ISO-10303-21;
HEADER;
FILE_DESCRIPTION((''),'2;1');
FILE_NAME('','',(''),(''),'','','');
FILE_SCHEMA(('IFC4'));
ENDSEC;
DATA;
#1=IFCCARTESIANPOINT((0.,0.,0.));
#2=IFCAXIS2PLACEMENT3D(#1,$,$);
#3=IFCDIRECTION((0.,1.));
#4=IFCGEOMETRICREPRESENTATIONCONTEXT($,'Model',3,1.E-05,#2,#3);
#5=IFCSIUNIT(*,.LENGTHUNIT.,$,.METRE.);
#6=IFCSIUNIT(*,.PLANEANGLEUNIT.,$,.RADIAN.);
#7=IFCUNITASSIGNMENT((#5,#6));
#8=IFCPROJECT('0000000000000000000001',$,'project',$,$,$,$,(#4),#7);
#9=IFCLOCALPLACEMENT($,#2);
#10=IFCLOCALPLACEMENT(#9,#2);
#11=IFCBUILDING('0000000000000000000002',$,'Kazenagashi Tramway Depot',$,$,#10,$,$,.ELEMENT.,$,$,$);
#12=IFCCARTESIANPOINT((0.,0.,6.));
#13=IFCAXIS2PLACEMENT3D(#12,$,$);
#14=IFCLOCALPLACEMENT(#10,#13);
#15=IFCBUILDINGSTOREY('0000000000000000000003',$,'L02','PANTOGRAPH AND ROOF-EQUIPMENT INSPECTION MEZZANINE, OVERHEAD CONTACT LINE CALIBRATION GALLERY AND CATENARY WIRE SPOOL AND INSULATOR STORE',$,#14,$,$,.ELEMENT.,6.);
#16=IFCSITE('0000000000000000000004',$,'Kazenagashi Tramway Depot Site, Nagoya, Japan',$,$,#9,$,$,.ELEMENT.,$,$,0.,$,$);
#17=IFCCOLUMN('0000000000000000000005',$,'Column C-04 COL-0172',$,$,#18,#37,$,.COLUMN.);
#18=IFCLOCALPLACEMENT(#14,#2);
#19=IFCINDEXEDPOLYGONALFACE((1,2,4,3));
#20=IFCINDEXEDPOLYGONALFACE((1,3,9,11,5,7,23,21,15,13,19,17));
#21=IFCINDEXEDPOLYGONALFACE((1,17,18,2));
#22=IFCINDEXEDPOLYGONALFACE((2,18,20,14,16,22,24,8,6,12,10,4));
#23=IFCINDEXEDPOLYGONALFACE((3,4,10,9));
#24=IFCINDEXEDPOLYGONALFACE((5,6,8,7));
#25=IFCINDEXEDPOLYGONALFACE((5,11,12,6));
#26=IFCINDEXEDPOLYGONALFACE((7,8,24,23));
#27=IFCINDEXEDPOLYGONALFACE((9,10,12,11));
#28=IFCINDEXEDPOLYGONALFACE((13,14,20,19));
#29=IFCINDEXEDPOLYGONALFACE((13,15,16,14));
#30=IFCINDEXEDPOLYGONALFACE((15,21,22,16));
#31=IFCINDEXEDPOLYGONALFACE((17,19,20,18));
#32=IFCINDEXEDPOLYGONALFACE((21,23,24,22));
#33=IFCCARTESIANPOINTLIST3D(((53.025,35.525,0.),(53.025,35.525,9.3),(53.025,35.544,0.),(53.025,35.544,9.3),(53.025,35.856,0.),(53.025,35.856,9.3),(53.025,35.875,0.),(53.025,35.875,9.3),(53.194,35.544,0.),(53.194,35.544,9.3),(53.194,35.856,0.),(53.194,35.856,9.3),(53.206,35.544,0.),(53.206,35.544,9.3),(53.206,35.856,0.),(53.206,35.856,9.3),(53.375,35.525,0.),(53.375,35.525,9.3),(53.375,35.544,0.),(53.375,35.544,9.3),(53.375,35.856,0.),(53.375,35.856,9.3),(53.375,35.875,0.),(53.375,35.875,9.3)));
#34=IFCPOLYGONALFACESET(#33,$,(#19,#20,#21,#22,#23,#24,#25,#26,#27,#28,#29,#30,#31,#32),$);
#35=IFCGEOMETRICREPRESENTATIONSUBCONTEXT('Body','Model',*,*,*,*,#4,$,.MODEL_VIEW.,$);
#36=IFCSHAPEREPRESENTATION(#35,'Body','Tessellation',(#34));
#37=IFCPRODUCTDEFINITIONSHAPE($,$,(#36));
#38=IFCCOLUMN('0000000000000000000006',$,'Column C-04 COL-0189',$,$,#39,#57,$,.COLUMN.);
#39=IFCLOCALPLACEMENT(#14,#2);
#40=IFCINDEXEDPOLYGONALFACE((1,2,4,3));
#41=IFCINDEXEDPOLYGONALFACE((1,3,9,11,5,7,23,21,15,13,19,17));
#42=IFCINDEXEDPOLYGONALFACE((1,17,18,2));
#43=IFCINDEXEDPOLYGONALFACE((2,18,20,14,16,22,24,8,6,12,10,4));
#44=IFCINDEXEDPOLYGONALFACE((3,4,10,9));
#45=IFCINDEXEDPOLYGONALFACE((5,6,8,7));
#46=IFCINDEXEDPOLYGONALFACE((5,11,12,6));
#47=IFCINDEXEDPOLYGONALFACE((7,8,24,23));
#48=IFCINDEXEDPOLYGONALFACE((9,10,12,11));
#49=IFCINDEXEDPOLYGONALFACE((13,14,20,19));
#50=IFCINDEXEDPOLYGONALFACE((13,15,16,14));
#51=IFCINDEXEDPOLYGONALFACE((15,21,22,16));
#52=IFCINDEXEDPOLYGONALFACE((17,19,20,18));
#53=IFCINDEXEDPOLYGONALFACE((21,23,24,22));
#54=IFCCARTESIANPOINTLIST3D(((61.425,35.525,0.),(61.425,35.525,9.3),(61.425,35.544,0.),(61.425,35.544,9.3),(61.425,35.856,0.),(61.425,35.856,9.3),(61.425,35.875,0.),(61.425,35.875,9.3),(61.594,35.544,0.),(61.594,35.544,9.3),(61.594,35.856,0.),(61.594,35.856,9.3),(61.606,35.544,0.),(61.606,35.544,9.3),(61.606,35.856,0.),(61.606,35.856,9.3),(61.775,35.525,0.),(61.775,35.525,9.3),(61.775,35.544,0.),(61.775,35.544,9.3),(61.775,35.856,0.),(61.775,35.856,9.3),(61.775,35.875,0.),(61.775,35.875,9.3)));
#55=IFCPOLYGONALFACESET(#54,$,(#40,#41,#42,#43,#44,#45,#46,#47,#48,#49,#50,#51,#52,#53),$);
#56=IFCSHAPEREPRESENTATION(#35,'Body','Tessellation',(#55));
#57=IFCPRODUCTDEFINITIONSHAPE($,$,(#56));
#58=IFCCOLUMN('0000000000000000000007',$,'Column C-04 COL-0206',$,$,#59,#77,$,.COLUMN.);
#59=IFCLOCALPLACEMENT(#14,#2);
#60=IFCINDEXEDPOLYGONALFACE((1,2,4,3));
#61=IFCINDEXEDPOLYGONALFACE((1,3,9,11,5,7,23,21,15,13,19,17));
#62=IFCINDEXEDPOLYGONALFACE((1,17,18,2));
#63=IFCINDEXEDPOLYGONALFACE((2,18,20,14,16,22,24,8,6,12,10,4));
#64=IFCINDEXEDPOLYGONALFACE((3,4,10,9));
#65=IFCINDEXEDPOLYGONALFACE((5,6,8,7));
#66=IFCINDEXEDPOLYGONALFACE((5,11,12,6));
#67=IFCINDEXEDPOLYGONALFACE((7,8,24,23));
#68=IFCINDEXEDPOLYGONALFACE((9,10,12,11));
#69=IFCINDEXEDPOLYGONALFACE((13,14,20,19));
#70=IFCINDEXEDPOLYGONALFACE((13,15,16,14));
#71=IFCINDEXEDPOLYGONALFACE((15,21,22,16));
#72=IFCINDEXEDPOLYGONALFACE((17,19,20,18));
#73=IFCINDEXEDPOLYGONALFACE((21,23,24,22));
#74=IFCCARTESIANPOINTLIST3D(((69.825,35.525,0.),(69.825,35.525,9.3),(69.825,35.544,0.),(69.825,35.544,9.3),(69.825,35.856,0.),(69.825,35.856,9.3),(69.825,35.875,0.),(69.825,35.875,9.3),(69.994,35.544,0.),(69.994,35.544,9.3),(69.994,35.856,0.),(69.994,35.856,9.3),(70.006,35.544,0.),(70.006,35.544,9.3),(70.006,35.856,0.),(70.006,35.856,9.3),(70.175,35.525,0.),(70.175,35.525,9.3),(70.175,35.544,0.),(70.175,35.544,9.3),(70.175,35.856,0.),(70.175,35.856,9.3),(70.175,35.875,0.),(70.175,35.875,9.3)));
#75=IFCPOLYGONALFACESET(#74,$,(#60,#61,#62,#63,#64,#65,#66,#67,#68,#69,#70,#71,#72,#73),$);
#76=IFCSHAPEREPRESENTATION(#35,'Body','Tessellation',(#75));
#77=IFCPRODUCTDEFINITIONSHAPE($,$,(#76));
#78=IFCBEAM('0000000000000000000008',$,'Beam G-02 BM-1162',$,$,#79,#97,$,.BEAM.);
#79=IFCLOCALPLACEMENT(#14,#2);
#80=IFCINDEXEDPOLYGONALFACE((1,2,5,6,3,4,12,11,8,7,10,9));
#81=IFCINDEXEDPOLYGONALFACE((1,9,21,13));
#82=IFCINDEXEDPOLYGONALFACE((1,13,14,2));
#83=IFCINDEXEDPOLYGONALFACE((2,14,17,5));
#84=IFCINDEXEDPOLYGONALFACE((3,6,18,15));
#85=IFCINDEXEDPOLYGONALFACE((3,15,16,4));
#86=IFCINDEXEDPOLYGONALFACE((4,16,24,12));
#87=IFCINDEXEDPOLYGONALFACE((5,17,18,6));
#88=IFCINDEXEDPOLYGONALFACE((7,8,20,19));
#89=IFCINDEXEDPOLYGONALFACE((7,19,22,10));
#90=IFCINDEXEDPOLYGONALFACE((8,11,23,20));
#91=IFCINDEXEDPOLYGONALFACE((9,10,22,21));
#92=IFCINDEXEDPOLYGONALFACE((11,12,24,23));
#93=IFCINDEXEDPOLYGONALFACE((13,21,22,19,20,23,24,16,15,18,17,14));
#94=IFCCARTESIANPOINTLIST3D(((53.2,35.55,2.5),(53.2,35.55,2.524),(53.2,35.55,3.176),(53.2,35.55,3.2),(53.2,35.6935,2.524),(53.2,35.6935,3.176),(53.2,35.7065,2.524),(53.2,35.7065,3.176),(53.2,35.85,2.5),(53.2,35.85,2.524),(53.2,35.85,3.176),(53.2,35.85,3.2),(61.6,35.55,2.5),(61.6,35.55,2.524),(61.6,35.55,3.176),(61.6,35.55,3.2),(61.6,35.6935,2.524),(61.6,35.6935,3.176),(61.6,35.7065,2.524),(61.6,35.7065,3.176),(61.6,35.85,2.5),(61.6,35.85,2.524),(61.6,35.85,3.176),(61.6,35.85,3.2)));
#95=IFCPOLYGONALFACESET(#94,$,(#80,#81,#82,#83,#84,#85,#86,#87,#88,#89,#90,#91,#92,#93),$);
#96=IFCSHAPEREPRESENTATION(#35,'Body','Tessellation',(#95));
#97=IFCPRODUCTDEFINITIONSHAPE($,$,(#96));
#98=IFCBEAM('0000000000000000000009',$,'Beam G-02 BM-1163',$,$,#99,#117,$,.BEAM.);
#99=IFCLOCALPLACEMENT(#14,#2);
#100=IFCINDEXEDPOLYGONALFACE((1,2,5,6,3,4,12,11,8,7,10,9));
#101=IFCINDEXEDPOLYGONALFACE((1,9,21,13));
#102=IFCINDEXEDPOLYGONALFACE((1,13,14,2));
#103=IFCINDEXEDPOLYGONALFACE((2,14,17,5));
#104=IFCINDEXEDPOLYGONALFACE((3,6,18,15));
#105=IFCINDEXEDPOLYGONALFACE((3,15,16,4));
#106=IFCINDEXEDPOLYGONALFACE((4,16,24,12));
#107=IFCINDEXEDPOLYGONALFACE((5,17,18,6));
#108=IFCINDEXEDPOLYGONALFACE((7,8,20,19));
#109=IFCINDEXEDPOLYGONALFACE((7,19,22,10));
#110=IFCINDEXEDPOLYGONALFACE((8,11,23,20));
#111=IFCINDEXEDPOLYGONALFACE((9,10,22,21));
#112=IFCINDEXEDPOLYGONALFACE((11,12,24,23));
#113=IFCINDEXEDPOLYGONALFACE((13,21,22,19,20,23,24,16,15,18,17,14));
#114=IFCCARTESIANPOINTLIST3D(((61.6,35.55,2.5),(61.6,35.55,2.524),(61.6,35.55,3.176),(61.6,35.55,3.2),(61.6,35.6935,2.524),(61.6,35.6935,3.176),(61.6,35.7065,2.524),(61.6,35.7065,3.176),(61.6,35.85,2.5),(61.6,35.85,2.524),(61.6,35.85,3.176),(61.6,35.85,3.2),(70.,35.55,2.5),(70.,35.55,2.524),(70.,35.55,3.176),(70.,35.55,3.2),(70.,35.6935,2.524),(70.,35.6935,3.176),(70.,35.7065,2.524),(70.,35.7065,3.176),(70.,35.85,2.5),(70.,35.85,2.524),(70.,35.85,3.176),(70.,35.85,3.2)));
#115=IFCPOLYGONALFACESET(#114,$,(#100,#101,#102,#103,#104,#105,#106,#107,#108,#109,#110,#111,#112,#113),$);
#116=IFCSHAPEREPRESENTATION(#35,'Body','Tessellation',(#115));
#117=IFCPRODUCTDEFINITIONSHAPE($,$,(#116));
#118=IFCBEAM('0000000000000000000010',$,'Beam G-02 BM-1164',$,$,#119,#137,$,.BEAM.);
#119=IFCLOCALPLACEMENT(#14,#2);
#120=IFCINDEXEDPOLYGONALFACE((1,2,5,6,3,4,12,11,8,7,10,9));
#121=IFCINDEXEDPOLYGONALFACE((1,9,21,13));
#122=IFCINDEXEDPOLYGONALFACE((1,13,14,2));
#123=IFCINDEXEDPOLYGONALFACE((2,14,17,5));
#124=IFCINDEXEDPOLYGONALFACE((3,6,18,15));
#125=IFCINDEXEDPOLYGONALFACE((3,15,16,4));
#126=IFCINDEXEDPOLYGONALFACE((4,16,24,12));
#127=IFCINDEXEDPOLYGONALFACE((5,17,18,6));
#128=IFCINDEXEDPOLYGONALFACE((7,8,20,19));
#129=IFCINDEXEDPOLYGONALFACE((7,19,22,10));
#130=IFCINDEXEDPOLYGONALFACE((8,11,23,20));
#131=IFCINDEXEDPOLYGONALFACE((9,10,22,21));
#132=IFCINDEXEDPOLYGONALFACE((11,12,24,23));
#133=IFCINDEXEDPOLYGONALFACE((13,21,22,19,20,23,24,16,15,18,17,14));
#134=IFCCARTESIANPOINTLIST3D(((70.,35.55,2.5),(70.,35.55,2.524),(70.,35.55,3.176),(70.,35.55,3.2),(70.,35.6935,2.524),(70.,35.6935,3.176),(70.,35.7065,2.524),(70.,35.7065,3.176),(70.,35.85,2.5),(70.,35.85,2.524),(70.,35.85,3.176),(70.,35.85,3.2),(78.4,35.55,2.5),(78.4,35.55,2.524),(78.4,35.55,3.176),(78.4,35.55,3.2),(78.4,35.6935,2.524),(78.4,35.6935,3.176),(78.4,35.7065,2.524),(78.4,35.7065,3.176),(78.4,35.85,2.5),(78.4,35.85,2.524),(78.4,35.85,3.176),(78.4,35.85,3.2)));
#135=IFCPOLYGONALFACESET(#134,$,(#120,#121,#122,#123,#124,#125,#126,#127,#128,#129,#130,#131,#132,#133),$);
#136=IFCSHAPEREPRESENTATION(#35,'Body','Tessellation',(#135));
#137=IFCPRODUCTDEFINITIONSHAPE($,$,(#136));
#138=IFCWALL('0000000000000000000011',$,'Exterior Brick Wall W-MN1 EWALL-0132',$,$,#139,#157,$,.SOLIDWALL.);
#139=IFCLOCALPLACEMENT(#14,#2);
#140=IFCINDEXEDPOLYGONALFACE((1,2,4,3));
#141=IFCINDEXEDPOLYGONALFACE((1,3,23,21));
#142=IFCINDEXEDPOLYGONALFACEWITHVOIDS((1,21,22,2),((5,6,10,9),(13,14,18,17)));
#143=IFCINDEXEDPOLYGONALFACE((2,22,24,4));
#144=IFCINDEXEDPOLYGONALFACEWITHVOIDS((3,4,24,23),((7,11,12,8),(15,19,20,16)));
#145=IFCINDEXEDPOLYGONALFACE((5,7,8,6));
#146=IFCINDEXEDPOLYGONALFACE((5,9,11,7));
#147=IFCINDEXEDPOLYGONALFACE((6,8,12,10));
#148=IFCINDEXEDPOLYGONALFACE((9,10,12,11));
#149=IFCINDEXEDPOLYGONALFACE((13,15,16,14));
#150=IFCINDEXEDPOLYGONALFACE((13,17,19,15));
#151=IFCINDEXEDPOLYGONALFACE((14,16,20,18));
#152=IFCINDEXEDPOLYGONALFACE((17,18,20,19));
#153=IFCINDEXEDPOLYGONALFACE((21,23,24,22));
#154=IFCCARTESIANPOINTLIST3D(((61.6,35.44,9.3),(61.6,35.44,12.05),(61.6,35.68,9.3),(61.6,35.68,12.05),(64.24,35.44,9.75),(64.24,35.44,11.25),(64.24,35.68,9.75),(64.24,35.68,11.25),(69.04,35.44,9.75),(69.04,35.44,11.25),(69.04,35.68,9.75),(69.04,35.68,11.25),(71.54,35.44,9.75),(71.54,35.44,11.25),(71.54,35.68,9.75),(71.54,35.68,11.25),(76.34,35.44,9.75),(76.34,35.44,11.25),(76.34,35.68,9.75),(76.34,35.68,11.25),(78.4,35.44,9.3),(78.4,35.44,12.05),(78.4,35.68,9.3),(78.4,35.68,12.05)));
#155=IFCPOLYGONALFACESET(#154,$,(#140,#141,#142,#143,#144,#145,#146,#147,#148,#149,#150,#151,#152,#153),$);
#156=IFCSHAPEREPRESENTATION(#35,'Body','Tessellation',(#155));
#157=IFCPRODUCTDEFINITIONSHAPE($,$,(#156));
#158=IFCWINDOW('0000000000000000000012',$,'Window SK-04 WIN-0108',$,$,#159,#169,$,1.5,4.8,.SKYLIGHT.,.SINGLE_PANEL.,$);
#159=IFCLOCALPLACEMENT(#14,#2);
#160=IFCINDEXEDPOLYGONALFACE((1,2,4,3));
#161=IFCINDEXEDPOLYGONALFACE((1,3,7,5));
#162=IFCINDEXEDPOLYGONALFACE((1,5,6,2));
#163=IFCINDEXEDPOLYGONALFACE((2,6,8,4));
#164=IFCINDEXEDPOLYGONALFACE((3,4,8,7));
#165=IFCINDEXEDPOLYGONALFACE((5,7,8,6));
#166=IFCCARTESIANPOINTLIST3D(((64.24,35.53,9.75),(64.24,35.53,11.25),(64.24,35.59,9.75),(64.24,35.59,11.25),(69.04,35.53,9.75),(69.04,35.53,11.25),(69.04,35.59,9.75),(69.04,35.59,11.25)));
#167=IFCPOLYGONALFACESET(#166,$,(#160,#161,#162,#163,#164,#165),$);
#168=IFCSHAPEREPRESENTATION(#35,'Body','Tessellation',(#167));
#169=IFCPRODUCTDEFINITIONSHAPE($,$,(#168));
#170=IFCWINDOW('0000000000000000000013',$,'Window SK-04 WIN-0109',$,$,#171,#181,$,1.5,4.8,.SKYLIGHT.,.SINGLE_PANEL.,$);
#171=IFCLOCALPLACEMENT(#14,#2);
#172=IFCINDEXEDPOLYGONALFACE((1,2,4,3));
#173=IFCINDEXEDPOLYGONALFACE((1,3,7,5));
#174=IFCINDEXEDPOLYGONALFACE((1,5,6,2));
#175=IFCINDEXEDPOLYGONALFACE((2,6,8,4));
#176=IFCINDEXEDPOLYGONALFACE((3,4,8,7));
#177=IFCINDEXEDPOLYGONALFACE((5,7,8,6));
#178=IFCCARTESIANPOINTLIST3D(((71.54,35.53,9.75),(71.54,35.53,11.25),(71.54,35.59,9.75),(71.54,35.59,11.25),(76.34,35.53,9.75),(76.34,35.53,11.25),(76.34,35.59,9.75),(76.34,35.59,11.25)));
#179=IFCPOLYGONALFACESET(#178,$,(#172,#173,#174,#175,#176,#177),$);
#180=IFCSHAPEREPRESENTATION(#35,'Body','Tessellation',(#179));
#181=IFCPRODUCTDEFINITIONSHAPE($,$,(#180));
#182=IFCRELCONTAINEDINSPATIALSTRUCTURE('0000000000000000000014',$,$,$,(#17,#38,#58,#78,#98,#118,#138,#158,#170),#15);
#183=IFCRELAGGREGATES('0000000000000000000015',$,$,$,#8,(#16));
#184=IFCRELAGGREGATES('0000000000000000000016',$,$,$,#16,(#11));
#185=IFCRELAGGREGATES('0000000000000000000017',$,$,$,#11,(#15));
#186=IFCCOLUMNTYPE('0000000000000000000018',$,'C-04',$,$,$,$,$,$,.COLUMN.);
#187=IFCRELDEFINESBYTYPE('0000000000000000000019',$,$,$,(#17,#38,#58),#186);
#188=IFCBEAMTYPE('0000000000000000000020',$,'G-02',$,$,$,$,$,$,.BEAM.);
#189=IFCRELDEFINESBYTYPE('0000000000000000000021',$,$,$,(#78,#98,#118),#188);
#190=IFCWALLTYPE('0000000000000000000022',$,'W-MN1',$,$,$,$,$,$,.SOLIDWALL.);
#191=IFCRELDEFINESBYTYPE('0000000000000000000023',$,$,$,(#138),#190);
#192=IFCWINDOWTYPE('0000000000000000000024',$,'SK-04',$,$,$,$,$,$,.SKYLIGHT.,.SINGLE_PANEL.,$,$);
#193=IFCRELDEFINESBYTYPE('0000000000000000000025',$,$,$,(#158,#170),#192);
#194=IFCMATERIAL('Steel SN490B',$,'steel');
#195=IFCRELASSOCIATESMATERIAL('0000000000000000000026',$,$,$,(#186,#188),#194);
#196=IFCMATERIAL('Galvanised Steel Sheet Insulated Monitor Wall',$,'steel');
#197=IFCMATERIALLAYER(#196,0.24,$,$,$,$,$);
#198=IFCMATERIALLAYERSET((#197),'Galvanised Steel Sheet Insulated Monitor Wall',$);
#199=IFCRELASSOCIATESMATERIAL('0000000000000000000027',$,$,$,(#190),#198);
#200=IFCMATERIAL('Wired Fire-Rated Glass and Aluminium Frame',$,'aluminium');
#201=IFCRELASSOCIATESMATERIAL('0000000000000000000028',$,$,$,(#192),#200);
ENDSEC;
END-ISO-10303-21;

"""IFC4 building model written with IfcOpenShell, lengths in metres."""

from ifc_helpers import new_model, si_unit, direction, frame, frame_2d, origin, origin_2d, place, context, subcontext, project, spatial, rectangle, i_section, extrude, material, layer, layer_set, material_profile, profile_set, type_object, element, fill, save


model = new_model("IFC4")

# Units and contexts
model_context = context("Model", 3, precision=1e-05, world=origin(), true_north=direction((0.0, 1.0)))
body_context = subcontext(model_context, "Body", "Model", "MODEL_VIEW")
ifc_project = project(units=[si_unit("LENGTHUNIT", "METRE"), si_unit("PLANEANGLEUNIT", "RADIAN")], contexts=[model_context])

# Site, building, storey
site_placement = place(None, origin())
site = spatial("IfcSite", under=ifc_project, at=site_placement, Name="Kazenagashi Tramway Depot Site, Nagoya, Japan", CompositionType="ELEMENT", RefElevation=0.0)
building_placement = place(site_placement, origin())
building = spatial("IfcBuilding", under=site, at=building_placement, Name="Kazenagashi Tramway Depot", CompositionType="ELEMENT")
storey_placement = place(building_placement, frame((0.0, 0.0, 6.0)))
storey = spatial("IfcBuildingStorey", under=building, at=storey_placement, Name="L02", Description="PANTOGRAPH AND ROOF-EQUIPMENT INSPECTION MEZZANINE, OVERHEAD CONTACT LINE CALIBRATION GALLERY AND CATENARY WIRE SPOOL AND INSULATOR STORE", CompositionType="ELEMENT", Elevation=6.0)

# Columns
ifc_material_1 = material(Name="Steel SN490B", Category="steel")
ifc_material_profile_1 = material_profile(ifc_material_1, i_section(OverallWidth=0.35, OverallDepth=0.35, WebThickness=0.012, FlangeThickness=0.019, at=origin_2d()), Name="H-350x350x12x19")
ifc_profile_set_1 = profile_set([ifc_material_profile_1], Name="Steel SN490B")
column_type = type_object("IfcColumnType", Name="C-04", PredefinedType="COLUMN", material=ifc_profile_set_1)
for number, where, z_axis, x_axis, name in (
    (1, (53.2, 35.7, 0.0), (0.0, 0.0, 1.0), (1.0, 0.0, 0.0), "Column C-04 COL-0172"),
    (2, (61.6, 35.7, 0.0), (0.0, 0.0, 1.0), (1.0, 0.0, 0.0), "Column C-04 COL-0189"),
    (3, (70.0, 35.7, 0.0), (0.0, 0.0, 1.0), (1.0, 0.0, 0.0), "Column C-04 COL-0206"),
):
    element("IfcColumn", number, at=place(storey_placement, frame(where, z_axis=z_axis, x_axis=x_axis)), inside=storey, type_object=column_type, Name=name, PredefinedType="COLUMN", context=body_context, shape_type="SweptSolid", body=[
        extrude(i_section(OverallWidth=0.35, OverallDepth=0.35, WebThickness=0.012, FlangeThickness=0.019, at=origin_2d()), origin(), (0.0, 0.0, 1.0), 9.3),
    ])

# Beams
ifc_material_profile_2 = material_profile(ifc_material_1, i_section(OverallWidth=0.3, OverallDepth=0.7, WebThickness=0.013, FlangeThickness=0.024, at=origin_2d()), Name="H-700x300x13x24")
ifc_profile_set_2 = profile_set([ifc_material_profile_2], Name="Steel SN490B")
beam_type = type_object("IfcBeamType", Name="G-02", PredefinedType="BEAM", material=ifc_profile_set_2)
for number, where, z_axis, x_axis, name in (
    (4, (53.2, 35.7, 2.85), (1.0, 0.0, 0.0), (0.0, 1.0, 0.0), "Beam G-02 BM-1162"),
    (5, (61.6, 35.7, 2.85), (1.0, 0.0, 0.0), (0.0, 1.0, 0.0), "Beam G-02 BM-1163"),
    (6, (70.0, 35.7, 2.85), (1.0, 0.0, 0.0), (0.0, 1.0, 0.0), "Beam G-02 BM-1164"),
):
    element("IfcBeam", number, at=place(storey_placement, frame(where, z_axis=z_axis, x_axis=x_axis)), inside=storey, type_object=beam_type, Name=name, PredefinedType="BEAM", context=body_context, shape_type="SweptSolid", body=[
        extrude(i_section(OverallWidth=0.3, OverallDepth=0.7, WebThickness=0.013, FlangeThickness=0.024, at=origin_2d()), origin(), (0.0, 0.0, 1.0), 8.4),
    ])

# Wall, openings, windows
ifc_material_2 = material(Name="Galvanised Steel Sheet Insulated Monitor Wall", Category="steel")
ifc_layer = layer(ifc_material_2, 0.24)
ifc_layer_set = layer_set([ifc_layer], Name="Galvanised Steel Sheet Insulated Monitor Wall")
wall_type = type_object("IfcWallType", Name="W-MN1", PredefinedType="SOLIDWALL", material=ifc_layer_set)
wall_1_placement = place(storey_placement, frame((61.6, 35.56, 9.3), z_axis=(0.0, 0.0, 1.0), x_axis=(1.0, 0.0, 0.0)))
wall_1 = element("IfcWall", 7, at=wall_1_placement, inside=storey, type_object=wall_type, Name="Exterior Brick Wall W-MN1 EWALL-0132", PredefinedType="SOLIDWALL", context=body_context, shape_type="SweptSolid", body=[
    extrude(rectangle(XDim=16.8, YDim=0.24, at=frame_2d((8.4, 0.0))), origin(), (0.0, 0.0, 1.0), 2.75),
])
opening_1_placement = place(wall_1_placement, frame((2.64, 0.0, 0.45)))
opening_1 = element("IfcOpeningElement", 8, at=opening_1_placement, cuts=wall_1, PredefinedType="OPENING", context=body_context, shape_type="SweptSolid", body=[
    extrude(rectangle(XDim=4.8, YDim=1.5, at=frame_2d((2.4, 0.75))), frame((0.0, 0.13, 0.0), z_axis=(0.0, -1.0, 0.0), x_axis=(1.0, 0.0, 0.0)), (0.0, 0.0, 1.0), 0.26),
])
opening_2_placement = place(wall_1_placement, frame((9.94, 0.0, 0.45)))
opening_2 = element("IfcOpeningElement", 9, at=opening_2_placement, cuts=wall_1, PredefinedType="OPENING", context=body_context, shape_type="SweptSolid", body=[
    extrude(rectangle(XDim=4.8, YDim=1.5, at=frame_2d((2.4, 0.75))), frame((0.0, 0.13, 0.0), z_axis=(0.0, -1.0, 0.0), x_axis=(1.0, 0.0, 0.0)), (0.0, 0.0, 1.0), 0.26),
])
ifc_material_3 = material(Name="Wired Fire-Rated Glass and Aluminium Frame", Category="aluminium")
window_type_1 = type_object("IfcWindowType", Name="SK-04", PartitioningType="SINGLE_PANEL", PredefinedType="SKYLIGHT", material=ifc_material_3)
window_1_placement = place(opening_1_placement, origin())
window_1 = element("IfcWindow", 10, at=window_1_placement, inside=storey, type_object=window_type_1, Name="Window SK-04 WIN-0108", OverallHeight=1.5, OverallWidth=4.8, PartitioningType="SINGLE_PANEL", PredefinedType="SKYLIGHT", context=body_context, shape_type="SweptSolid", body=[
    extrude(rectangle(XDim=4.8, YDim=1.5, at=frame_2d((2.4, 0.75))), frame((0.0, 0.03, 0.0), z_axis=(0.0, -1.0, 0.0), x_axis=(1.0, 0.0, 0.0)), (0.0, 0.0, 1.0), 0.06),
])
fill(opening_1, window_1)
window_2_placement = place(opening_2_placement, origin())
window_2 = element("IfcWindow", 11, at=window_2_placement, inside=storey, type_object=window_type_1, Name="Window SK-04 WIN-0109", OverallHeight=1.5, OverallWidth=4.8, PartitioningType="SINGLE_PANEL", PredefinedType="SKYLIGHT", context=body_context, shape_type="SweptSolid", body=[
    extrude(rectangle(XDim=4.8, YDim=1.5, at=frame_2d((2.4, 0.75))), frame((0.0, 0.03, 0.0), z_axis=(0.0, -1.0, 0.0), x_axis=(1.0, 0.0, 0.0)), (0.0, 0.0, 1.0), 0.06),
])
fill(opening_2, window_2)

save(model, "model.ifc")
